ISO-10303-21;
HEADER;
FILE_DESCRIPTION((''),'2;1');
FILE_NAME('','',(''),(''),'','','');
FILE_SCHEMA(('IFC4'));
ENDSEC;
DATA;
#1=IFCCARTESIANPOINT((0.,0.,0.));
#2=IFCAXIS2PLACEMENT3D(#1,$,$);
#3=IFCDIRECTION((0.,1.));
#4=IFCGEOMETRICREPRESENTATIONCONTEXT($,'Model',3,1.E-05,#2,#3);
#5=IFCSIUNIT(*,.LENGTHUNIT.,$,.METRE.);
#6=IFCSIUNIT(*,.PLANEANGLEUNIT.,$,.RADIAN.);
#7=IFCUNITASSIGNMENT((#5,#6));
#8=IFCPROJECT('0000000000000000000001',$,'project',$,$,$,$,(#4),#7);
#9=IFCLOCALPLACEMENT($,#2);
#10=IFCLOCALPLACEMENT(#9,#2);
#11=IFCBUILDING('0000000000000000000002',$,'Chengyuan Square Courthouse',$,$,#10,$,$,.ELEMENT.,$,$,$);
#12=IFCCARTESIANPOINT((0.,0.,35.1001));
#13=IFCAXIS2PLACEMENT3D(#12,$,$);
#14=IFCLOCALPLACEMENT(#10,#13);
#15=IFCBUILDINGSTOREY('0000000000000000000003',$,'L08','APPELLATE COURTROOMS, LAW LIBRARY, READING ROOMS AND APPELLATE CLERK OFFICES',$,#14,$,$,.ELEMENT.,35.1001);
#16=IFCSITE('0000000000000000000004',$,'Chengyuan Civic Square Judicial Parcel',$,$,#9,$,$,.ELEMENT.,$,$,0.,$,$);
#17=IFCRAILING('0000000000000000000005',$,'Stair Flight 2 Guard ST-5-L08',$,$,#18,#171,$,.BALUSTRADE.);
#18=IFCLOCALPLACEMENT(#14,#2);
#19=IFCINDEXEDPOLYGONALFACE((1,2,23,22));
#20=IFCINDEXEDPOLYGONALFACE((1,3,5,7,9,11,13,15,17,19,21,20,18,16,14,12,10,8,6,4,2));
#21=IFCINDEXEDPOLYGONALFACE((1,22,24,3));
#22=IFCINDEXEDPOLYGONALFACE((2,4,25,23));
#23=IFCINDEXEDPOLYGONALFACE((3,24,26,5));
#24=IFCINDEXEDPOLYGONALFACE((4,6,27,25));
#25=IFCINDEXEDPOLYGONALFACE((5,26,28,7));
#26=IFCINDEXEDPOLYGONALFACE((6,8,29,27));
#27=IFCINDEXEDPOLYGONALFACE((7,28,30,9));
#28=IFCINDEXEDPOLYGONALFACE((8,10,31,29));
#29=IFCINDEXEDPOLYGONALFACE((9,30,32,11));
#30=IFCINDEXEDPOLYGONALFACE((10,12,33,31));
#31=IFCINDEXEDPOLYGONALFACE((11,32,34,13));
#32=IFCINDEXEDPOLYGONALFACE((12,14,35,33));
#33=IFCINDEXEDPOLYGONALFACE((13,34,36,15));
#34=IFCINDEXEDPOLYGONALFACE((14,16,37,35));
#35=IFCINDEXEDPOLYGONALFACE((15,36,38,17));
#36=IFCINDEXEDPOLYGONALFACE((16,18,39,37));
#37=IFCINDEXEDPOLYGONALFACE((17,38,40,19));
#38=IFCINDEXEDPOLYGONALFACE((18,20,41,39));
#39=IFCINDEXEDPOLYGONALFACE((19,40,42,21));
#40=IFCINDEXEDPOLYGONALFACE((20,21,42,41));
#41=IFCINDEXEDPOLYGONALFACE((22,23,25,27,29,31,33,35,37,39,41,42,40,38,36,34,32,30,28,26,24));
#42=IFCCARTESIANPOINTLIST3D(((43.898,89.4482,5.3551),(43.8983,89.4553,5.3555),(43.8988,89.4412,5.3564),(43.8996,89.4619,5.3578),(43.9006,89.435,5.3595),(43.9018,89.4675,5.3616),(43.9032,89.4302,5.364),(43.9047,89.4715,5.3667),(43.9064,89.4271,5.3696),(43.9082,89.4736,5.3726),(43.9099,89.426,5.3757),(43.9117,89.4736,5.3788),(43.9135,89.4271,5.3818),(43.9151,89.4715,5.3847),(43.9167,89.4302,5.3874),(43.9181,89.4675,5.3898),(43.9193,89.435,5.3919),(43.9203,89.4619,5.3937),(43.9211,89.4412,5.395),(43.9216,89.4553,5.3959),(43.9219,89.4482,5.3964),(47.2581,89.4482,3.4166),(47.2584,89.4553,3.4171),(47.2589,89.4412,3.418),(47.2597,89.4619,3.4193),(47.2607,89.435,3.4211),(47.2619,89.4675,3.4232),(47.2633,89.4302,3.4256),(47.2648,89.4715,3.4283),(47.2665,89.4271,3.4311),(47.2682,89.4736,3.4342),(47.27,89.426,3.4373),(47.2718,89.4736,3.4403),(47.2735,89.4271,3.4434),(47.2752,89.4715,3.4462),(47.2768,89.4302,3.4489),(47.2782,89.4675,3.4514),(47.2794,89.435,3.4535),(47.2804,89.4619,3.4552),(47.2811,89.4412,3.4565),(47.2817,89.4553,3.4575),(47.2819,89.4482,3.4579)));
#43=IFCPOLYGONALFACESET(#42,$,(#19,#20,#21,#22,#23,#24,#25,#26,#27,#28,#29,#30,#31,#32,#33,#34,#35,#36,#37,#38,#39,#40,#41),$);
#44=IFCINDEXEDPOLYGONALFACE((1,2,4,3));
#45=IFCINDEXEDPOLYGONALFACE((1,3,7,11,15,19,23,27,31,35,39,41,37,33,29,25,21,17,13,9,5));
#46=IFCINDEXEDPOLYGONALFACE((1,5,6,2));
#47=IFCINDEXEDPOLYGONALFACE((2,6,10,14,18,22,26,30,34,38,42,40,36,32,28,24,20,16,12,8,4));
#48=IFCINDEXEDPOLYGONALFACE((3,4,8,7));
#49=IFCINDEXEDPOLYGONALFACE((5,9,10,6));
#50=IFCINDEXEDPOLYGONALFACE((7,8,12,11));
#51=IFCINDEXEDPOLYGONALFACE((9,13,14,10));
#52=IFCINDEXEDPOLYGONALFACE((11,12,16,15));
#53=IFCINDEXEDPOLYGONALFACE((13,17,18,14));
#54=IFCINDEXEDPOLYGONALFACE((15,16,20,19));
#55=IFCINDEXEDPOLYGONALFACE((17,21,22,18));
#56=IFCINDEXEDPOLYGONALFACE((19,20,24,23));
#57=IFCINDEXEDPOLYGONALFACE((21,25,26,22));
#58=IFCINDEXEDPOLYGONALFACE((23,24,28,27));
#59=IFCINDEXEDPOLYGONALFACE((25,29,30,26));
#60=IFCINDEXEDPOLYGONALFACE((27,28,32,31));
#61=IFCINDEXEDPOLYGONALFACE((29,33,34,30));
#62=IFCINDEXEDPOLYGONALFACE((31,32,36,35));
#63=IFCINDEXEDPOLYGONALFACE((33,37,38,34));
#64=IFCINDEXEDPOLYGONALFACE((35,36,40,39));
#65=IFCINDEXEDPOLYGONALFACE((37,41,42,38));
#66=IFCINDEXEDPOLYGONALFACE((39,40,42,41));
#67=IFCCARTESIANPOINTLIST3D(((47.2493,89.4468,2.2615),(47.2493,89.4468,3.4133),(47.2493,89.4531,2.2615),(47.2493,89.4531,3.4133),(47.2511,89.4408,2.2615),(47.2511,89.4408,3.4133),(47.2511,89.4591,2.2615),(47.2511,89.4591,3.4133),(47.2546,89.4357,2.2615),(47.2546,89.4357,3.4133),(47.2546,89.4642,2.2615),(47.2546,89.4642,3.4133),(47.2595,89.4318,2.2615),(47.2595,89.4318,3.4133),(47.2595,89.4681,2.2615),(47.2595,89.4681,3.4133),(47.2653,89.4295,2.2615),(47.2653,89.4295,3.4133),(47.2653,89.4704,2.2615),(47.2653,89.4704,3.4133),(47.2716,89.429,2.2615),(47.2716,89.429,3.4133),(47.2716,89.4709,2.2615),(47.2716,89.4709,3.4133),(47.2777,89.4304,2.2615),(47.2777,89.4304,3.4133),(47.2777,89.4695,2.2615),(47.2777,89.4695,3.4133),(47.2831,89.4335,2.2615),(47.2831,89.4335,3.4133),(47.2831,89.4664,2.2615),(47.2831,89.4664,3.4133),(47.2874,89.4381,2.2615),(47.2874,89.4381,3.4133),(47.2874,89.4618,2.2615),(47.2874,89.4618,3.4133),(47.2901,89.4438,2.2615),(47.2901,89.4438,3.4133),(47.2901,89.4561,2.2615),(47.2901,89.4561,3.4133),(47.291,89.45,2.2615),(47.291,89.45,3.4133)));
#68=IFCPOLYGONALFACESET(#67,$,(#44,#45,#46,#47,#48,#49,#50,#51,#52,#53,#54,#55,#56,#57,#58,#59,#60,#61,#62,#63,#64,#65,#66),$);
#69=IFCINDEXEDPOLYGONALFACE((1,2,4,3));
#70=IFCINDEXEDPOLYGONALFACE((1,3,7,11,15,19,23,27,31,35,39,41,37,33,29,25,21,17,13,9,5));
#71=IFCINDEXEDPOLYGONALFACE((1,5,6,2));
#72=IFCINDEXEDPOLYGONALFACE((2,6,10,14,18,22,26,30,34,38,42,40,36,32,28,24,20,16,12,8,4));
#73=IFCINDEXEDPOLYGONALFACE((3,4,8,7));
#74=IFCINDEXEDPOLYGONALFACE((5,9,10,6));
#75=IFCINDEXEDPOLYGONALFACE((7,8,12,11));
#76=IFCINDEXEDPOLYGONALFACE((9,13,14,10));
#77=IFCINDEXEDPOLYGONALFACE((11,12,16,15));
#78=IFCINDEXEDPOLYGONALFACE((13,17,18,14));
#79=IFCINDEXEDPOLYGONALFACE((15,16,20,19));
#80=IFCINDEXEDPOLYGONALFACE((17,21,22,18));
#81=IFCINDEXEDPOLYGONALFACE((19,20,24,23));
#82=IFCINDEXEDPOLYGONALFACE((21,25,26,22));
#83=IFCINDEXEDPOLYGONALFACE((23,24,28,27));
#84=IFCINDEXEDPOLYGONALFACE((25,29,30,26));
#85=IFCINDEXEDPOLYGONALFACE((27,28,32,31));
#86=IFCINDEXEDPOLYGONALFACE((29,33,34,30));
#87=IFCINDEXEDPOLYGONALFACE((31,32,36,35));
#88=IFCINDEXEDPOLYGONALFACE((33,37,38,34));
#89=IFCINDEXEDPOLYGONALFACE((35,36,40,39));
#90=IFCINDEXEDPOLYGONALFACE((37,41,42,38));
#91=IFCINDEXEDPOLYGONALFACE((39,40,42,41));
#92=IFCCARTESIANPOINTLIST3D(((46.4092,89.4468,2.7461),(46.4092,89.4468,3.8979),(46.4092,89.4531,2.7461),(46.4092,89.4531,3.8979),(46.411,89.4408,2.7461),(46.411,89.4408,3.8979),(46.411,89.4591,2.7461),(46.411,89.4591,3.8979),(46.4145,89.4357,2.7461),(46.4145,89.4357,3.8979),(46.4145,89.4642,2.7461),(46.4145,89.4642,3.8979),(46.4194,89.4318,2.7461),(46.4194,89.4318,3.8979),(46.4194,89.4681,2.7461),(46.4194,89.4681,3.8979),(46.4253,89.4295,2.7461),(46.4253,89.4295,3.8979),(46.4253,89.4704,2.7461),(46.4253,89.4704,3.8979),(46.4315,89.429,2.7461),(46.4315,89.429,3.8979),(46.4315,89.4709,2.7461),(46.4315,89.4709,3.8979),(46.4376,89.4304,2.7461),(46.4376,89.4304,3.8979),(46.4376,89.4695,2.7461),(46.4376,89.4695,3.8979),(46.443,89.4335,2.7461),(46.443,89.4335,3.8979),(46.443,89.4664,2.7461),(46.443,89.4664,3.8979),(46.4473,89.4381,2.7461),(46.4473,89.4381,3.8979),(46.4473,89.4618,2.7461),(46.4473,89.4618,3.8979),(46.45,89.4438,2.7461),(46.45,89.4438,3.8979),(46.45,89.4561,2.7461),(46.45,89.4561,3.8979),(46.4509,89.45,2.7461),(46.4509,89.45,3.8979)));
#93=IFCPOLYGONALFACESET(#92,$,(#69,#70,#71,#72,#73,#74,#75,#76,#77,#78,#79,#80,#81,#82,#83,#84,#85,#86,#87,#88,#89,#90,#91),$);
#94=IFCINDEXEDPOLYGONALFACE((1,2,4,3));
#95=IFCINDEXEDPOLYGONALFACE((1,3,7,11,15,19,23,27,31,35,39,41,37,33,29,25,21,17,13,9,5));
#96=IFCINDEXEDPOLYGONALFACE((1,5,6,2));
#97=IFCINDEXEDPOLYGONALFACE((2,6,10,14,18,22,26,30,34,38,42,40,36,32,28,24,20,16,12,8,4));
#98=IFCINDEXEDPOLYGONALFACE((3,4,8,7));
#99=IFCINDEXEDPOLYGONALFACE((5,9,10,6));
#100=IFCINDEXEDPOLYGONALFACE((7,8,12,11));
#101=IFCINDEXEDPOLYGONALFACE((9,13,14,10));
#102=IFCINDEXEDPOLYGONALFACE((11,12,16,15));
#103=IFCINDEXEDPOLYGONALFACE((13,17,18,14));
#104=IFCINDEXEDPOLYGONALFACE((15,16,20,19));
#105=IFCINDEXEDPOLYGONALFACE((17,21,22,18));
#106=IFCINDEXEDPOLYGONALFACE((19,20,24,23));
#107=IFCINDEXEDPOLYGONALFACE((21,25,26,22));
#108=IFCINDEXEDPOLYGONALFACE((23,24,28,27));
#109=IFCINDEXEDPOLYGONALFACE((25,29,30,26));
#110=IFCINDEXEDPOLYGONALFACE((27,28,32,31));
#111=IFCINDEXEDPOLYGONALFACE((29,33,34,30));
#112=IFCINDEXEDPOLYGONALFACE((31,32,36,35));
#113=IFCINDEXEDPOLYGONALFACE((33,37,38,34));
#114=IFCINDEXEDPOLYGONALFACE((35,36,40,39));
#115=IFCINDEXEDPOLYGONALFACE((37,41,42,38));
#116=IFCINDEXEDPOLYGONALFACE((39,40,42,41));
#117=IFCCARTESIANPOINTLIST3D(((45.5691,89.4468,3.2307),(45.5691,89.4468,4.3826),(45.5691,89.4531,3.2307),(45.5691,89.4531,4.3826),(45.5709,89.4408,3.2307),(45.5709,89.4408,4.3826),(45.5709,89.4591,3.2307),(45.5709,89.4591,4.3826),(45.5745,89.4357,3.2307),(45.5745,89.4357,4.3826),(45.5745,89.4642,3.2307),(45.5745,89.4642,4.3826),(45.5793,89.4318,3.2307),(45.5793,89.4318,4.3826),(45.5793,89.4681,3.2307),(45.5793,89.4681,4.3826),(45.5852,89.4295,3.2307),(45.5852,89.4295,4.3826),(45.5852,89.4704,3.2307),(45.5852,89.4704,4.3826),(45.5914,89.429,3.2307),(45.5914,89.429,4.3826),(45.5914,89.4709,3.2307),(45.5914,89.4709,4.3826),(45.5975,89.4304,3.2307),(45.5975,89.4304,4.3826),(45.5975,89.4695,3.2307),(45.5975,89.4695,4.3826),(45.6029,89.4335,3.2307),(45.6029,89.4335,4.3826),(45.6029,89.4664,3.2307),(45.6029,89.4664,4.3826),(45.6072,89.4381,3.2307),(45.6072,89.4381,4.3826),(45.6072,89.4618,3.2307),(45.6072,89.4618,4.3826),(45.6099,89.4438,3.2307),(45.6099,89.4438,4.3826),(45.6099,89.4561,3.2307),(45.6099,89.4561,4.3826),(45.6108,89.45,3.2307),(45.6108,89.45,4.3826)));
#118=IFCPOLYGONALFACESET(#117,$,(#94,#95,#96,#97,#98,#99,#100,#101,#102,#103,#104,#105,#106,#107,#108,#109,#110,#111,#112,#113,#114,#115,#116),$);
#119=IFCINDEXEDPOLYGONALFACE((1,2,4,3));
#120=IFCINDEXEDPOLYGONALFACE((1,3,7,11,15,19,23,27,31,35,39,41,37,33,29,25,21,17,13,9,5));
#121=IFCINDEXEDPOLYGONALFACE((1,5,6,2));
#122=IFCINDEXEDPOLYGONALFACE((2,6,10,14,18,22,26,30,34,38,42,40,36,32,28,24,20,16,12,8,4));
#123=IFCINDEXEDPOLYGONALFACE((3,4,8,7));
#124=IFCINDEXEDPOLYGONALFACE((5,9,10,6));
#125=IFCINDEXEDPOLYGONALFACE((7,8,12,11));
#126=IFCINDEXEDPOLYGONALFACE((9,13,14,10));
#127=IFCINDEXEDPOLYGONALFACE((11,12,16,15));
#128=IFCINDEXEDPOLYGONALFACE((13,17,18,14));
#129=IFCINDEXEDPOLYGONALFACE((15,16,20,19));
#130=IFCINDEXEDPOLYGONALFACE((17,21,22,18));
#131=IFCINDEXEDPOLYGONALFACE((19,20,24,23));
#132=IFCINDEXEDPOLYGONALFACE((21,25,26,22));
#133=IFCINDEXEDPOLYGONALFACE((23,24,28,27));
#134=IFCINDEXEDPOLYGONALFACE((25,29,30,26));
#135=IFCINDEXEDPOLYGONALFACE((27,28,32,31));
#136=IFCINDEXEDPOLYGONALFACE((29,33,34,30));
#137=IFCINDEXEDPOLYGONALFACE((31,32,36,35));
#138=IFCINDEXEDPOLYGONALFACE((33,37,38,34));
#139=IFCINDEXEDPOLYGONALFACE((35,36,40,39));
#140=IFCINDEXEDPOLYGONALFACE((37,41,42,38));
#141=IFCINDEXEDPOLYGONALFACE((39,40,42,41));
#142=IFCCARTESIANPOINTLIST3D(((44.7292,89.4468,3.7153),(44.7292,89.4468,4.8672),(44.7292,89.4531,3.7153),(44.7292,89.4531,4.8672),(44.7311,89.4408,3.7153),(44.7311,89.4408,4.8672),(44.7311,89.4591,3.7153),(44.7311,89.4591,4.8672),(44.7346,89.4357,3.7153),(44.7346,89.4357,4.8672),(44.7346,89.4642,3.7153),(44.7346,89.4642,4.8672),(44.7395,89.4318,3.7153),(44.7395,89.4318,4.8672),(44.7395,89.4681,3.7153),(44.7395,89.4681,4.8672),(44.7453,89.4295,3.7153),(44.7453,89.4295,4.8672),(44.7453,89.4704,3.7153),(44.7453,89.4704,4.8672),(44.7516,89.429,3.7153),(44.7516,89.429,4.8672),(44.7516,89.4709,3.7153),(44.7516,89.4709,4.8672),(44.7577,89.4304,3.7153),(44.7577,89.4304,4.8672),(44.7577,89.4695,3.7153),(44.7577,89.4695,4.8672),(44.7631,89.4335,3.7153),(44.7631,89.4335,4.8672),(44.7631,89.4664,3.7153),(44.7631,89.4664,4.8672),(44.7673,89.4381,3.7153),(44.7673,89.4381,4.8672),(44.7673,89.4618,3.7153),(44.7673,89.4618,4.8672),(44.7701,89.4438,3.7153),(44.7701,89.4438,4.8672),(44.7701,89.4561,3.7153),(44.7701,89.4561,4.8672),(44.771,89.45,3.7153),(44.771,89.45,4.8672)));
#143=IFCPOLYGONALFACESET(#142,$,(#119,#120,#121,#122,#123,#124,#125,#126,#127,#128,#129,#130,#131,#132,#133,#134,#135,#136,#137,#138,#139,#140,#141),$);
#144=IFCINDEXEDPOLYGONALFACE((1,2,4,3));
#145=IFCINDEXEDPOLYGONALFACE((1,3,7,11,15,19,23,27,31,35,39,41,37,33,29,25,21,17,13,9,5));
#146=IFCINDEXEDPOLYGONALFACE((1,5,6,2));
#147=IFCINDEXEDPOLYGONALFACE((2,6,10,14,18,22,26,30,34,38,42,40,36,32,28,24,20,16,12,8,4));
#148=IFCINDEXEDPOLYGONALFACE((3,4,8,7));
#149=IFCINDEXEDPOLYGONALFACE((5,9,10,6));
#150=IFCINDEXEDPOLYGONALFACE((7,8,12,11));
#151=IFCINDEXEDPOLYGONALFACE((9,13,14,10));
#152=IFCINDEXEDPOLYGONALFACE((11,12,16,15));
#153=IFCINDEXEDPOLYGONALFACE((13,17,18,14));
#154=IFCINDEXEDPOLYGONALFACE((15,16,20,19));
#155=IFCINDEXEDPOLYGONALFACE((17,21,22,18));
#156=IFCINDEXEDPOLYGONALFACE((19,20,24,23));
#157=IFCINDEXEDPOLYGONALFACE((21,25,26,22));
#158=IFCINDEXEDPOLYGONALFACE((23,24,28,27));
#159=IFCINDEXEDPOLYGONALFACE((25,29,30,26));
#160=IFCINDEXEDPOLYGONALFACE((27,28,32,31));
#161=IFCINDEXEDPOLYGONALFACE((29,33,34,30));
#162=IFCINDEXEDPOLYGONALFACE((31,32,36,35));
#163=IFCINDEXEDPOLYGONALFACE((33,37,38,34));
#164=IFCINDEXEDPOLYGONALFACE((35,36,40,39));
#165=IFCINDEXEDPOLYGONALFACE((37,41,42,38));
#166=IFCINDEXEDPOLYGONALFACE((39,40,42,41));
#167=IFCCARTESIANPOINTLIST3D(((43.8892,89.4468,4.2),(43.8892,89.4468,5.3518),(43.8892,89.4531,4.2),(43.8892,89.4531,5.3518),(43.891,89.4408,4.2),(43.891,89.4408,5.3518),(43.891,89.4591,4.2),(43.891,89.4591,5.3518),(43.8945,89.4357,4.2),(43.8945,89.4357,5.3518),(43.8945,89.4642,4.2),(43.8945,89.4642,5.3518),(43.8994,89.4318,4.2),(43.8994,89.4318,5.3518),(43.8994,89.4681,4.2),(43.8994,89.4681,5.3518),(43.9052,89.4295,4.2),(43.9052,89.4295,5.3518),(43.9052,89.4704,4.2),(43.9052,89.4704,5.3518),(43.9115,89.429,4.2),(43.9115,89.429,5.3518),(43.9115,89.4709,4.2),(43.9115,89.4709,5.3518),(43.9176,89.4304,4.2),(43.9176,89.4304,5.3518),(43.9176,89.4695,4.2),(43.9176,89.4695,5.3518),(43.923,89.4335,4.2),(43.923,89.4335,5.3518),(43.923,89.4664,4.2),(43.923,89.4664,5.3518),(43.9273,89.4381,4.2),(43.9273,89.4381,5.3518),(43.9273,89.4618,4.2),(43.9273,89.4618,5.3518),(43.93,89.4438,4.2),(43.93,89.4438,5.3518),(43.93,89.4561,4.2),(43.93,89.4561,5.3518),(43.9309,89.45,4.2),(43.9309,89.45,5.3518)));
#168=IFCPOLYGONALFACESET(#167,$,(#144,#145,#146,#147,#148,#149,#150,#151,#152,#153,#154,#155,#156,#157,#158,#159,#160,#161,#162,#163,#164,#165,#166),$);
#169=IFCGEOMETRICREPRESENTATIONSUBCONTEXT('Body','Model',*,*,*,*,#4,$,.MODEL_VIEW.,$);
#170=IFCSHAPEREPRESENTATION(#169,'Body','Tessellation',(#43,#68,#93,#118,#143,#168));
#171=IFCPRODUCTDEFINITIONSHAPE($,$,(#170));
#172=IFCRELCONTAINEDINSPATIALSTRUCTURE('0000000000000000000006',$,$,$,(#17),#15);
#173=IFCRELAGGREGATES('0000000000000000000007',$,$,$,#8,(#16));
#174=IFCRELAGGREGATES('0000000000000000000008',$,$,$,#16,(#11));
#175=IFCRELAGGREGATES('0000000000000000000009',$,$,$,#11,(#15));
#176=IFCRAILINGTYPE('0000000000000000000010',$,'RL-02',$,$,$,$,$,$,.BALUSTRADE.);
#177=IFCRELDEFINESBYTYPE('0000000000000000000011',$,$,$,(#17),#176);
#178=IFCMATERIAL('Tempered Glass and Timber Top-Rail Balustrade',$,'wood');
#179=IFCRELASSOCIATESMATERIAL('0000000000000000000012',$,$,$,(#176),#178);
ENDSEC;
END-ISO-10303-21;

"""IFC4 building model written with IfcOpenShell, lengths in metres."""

from ifc_helpers import new_model, si_unit, direction, frame, origin, origin_2d, place, context, subcontext, project, spatial, circle, extrude, material, type_object, element, save


model = new_model("IFC4")

# Units and contexts
model_context = context("Model", 3, precision=1e-05, world=origin(), true_north=direction((0.0, 1.0)))
body_context = subcontext(model_context, "Body", "Model", "MODEL_VIEW")
ifc_project = project(units=[si_unit("LENGTHUNIT", "METRE"), si_unit("PLANEANGLEUNIT", "RADIAN")], contexts=[model_context])

# Site, building, storey
site_placement = place(None, origin())
site = spatial("IfcSite", under=ifc_project, at=site_placement, Name="Chengyuan Civic Square Judicial Parcel", CompositionType="ELEMENT", RefElevation=0.0)
building_placement = place(site_placement, origin())
building = spatial("IfcBuilding", under=site, at=building_placement, Name="Chengyuan Square Courthouse", CompositionType="ELEMENT")
storey_placement = place(building_placement, frame((0.0, 0.0, 35.1001)))
storey = spatial("IfcBuildingStorey", under=building, at=storey_placement, Name="L08", Description="APPELLATE COURTROOMS, LAW LIBRARY, READING ROOMS AND APPELLATE CLERK OFFICES", CompositionType="ELEMENT", Elevation=35.1001)

# Railing
ifc_material_1 = material(Name="Tempered Glass and Timber Top-Rail Balustrade", Category="wood")
railing_type_1 = type_object("IfcRailingType", Name="RL-02", PredefinedType="BALUSTRADE", material=ifc_material_1)
railing_1_placement = place(storey_placement, frame((47.27, 89.45, 2.2615)))
element("IfcRailing", 1, at=railing_1_placement, inside=storey, type_object=railing_type_1, Name="Stair Flight 2 Guard ST-5-L08", PredefinedType="BALUSTRADE", context=body_context, shape_type="SweptSolid", body=[
    extrude(circle(Radius=0.0239, at=origin_2d()), frame((0.0, 0.0, 1.1758), z_axis=(-0.866191, 0.0, 0.499713), x_axis=(0.0, -1.0, 0.0)), (0.0, 0.0, 1.0), 3.8792),
    extrude(circle(Radius=0.021, at=origin_2d()), origin(), (0.0, 0.0, 1.0), 1.1519),
    extrude(circle(Radius=0.021, at=origin_2d()), frame((-0.8401, 0.0, 0.4846)), (0.0, 0.0, 1.0), 1.1519),
    extrude(circle(Radius=0.021, at=origin_2d()), frame((-1.6802, 0.0, 0.9692)), (0.0, 0.0, 1.0), 1.1519),
    extrude(circle(Radius=0.021, at=origin_2d()), frame((-2.52, 0.0, 1.4539)), (0.0, 0.0, 1.0), 1.1519),
    extrude(circle(Radius=0.021, at=origin_2d()), frame((-3.3601, 0.0, 1.9385)), (0.0, 0.0, 1.0), 1.1519),
])

save(model, "model.ifc")
